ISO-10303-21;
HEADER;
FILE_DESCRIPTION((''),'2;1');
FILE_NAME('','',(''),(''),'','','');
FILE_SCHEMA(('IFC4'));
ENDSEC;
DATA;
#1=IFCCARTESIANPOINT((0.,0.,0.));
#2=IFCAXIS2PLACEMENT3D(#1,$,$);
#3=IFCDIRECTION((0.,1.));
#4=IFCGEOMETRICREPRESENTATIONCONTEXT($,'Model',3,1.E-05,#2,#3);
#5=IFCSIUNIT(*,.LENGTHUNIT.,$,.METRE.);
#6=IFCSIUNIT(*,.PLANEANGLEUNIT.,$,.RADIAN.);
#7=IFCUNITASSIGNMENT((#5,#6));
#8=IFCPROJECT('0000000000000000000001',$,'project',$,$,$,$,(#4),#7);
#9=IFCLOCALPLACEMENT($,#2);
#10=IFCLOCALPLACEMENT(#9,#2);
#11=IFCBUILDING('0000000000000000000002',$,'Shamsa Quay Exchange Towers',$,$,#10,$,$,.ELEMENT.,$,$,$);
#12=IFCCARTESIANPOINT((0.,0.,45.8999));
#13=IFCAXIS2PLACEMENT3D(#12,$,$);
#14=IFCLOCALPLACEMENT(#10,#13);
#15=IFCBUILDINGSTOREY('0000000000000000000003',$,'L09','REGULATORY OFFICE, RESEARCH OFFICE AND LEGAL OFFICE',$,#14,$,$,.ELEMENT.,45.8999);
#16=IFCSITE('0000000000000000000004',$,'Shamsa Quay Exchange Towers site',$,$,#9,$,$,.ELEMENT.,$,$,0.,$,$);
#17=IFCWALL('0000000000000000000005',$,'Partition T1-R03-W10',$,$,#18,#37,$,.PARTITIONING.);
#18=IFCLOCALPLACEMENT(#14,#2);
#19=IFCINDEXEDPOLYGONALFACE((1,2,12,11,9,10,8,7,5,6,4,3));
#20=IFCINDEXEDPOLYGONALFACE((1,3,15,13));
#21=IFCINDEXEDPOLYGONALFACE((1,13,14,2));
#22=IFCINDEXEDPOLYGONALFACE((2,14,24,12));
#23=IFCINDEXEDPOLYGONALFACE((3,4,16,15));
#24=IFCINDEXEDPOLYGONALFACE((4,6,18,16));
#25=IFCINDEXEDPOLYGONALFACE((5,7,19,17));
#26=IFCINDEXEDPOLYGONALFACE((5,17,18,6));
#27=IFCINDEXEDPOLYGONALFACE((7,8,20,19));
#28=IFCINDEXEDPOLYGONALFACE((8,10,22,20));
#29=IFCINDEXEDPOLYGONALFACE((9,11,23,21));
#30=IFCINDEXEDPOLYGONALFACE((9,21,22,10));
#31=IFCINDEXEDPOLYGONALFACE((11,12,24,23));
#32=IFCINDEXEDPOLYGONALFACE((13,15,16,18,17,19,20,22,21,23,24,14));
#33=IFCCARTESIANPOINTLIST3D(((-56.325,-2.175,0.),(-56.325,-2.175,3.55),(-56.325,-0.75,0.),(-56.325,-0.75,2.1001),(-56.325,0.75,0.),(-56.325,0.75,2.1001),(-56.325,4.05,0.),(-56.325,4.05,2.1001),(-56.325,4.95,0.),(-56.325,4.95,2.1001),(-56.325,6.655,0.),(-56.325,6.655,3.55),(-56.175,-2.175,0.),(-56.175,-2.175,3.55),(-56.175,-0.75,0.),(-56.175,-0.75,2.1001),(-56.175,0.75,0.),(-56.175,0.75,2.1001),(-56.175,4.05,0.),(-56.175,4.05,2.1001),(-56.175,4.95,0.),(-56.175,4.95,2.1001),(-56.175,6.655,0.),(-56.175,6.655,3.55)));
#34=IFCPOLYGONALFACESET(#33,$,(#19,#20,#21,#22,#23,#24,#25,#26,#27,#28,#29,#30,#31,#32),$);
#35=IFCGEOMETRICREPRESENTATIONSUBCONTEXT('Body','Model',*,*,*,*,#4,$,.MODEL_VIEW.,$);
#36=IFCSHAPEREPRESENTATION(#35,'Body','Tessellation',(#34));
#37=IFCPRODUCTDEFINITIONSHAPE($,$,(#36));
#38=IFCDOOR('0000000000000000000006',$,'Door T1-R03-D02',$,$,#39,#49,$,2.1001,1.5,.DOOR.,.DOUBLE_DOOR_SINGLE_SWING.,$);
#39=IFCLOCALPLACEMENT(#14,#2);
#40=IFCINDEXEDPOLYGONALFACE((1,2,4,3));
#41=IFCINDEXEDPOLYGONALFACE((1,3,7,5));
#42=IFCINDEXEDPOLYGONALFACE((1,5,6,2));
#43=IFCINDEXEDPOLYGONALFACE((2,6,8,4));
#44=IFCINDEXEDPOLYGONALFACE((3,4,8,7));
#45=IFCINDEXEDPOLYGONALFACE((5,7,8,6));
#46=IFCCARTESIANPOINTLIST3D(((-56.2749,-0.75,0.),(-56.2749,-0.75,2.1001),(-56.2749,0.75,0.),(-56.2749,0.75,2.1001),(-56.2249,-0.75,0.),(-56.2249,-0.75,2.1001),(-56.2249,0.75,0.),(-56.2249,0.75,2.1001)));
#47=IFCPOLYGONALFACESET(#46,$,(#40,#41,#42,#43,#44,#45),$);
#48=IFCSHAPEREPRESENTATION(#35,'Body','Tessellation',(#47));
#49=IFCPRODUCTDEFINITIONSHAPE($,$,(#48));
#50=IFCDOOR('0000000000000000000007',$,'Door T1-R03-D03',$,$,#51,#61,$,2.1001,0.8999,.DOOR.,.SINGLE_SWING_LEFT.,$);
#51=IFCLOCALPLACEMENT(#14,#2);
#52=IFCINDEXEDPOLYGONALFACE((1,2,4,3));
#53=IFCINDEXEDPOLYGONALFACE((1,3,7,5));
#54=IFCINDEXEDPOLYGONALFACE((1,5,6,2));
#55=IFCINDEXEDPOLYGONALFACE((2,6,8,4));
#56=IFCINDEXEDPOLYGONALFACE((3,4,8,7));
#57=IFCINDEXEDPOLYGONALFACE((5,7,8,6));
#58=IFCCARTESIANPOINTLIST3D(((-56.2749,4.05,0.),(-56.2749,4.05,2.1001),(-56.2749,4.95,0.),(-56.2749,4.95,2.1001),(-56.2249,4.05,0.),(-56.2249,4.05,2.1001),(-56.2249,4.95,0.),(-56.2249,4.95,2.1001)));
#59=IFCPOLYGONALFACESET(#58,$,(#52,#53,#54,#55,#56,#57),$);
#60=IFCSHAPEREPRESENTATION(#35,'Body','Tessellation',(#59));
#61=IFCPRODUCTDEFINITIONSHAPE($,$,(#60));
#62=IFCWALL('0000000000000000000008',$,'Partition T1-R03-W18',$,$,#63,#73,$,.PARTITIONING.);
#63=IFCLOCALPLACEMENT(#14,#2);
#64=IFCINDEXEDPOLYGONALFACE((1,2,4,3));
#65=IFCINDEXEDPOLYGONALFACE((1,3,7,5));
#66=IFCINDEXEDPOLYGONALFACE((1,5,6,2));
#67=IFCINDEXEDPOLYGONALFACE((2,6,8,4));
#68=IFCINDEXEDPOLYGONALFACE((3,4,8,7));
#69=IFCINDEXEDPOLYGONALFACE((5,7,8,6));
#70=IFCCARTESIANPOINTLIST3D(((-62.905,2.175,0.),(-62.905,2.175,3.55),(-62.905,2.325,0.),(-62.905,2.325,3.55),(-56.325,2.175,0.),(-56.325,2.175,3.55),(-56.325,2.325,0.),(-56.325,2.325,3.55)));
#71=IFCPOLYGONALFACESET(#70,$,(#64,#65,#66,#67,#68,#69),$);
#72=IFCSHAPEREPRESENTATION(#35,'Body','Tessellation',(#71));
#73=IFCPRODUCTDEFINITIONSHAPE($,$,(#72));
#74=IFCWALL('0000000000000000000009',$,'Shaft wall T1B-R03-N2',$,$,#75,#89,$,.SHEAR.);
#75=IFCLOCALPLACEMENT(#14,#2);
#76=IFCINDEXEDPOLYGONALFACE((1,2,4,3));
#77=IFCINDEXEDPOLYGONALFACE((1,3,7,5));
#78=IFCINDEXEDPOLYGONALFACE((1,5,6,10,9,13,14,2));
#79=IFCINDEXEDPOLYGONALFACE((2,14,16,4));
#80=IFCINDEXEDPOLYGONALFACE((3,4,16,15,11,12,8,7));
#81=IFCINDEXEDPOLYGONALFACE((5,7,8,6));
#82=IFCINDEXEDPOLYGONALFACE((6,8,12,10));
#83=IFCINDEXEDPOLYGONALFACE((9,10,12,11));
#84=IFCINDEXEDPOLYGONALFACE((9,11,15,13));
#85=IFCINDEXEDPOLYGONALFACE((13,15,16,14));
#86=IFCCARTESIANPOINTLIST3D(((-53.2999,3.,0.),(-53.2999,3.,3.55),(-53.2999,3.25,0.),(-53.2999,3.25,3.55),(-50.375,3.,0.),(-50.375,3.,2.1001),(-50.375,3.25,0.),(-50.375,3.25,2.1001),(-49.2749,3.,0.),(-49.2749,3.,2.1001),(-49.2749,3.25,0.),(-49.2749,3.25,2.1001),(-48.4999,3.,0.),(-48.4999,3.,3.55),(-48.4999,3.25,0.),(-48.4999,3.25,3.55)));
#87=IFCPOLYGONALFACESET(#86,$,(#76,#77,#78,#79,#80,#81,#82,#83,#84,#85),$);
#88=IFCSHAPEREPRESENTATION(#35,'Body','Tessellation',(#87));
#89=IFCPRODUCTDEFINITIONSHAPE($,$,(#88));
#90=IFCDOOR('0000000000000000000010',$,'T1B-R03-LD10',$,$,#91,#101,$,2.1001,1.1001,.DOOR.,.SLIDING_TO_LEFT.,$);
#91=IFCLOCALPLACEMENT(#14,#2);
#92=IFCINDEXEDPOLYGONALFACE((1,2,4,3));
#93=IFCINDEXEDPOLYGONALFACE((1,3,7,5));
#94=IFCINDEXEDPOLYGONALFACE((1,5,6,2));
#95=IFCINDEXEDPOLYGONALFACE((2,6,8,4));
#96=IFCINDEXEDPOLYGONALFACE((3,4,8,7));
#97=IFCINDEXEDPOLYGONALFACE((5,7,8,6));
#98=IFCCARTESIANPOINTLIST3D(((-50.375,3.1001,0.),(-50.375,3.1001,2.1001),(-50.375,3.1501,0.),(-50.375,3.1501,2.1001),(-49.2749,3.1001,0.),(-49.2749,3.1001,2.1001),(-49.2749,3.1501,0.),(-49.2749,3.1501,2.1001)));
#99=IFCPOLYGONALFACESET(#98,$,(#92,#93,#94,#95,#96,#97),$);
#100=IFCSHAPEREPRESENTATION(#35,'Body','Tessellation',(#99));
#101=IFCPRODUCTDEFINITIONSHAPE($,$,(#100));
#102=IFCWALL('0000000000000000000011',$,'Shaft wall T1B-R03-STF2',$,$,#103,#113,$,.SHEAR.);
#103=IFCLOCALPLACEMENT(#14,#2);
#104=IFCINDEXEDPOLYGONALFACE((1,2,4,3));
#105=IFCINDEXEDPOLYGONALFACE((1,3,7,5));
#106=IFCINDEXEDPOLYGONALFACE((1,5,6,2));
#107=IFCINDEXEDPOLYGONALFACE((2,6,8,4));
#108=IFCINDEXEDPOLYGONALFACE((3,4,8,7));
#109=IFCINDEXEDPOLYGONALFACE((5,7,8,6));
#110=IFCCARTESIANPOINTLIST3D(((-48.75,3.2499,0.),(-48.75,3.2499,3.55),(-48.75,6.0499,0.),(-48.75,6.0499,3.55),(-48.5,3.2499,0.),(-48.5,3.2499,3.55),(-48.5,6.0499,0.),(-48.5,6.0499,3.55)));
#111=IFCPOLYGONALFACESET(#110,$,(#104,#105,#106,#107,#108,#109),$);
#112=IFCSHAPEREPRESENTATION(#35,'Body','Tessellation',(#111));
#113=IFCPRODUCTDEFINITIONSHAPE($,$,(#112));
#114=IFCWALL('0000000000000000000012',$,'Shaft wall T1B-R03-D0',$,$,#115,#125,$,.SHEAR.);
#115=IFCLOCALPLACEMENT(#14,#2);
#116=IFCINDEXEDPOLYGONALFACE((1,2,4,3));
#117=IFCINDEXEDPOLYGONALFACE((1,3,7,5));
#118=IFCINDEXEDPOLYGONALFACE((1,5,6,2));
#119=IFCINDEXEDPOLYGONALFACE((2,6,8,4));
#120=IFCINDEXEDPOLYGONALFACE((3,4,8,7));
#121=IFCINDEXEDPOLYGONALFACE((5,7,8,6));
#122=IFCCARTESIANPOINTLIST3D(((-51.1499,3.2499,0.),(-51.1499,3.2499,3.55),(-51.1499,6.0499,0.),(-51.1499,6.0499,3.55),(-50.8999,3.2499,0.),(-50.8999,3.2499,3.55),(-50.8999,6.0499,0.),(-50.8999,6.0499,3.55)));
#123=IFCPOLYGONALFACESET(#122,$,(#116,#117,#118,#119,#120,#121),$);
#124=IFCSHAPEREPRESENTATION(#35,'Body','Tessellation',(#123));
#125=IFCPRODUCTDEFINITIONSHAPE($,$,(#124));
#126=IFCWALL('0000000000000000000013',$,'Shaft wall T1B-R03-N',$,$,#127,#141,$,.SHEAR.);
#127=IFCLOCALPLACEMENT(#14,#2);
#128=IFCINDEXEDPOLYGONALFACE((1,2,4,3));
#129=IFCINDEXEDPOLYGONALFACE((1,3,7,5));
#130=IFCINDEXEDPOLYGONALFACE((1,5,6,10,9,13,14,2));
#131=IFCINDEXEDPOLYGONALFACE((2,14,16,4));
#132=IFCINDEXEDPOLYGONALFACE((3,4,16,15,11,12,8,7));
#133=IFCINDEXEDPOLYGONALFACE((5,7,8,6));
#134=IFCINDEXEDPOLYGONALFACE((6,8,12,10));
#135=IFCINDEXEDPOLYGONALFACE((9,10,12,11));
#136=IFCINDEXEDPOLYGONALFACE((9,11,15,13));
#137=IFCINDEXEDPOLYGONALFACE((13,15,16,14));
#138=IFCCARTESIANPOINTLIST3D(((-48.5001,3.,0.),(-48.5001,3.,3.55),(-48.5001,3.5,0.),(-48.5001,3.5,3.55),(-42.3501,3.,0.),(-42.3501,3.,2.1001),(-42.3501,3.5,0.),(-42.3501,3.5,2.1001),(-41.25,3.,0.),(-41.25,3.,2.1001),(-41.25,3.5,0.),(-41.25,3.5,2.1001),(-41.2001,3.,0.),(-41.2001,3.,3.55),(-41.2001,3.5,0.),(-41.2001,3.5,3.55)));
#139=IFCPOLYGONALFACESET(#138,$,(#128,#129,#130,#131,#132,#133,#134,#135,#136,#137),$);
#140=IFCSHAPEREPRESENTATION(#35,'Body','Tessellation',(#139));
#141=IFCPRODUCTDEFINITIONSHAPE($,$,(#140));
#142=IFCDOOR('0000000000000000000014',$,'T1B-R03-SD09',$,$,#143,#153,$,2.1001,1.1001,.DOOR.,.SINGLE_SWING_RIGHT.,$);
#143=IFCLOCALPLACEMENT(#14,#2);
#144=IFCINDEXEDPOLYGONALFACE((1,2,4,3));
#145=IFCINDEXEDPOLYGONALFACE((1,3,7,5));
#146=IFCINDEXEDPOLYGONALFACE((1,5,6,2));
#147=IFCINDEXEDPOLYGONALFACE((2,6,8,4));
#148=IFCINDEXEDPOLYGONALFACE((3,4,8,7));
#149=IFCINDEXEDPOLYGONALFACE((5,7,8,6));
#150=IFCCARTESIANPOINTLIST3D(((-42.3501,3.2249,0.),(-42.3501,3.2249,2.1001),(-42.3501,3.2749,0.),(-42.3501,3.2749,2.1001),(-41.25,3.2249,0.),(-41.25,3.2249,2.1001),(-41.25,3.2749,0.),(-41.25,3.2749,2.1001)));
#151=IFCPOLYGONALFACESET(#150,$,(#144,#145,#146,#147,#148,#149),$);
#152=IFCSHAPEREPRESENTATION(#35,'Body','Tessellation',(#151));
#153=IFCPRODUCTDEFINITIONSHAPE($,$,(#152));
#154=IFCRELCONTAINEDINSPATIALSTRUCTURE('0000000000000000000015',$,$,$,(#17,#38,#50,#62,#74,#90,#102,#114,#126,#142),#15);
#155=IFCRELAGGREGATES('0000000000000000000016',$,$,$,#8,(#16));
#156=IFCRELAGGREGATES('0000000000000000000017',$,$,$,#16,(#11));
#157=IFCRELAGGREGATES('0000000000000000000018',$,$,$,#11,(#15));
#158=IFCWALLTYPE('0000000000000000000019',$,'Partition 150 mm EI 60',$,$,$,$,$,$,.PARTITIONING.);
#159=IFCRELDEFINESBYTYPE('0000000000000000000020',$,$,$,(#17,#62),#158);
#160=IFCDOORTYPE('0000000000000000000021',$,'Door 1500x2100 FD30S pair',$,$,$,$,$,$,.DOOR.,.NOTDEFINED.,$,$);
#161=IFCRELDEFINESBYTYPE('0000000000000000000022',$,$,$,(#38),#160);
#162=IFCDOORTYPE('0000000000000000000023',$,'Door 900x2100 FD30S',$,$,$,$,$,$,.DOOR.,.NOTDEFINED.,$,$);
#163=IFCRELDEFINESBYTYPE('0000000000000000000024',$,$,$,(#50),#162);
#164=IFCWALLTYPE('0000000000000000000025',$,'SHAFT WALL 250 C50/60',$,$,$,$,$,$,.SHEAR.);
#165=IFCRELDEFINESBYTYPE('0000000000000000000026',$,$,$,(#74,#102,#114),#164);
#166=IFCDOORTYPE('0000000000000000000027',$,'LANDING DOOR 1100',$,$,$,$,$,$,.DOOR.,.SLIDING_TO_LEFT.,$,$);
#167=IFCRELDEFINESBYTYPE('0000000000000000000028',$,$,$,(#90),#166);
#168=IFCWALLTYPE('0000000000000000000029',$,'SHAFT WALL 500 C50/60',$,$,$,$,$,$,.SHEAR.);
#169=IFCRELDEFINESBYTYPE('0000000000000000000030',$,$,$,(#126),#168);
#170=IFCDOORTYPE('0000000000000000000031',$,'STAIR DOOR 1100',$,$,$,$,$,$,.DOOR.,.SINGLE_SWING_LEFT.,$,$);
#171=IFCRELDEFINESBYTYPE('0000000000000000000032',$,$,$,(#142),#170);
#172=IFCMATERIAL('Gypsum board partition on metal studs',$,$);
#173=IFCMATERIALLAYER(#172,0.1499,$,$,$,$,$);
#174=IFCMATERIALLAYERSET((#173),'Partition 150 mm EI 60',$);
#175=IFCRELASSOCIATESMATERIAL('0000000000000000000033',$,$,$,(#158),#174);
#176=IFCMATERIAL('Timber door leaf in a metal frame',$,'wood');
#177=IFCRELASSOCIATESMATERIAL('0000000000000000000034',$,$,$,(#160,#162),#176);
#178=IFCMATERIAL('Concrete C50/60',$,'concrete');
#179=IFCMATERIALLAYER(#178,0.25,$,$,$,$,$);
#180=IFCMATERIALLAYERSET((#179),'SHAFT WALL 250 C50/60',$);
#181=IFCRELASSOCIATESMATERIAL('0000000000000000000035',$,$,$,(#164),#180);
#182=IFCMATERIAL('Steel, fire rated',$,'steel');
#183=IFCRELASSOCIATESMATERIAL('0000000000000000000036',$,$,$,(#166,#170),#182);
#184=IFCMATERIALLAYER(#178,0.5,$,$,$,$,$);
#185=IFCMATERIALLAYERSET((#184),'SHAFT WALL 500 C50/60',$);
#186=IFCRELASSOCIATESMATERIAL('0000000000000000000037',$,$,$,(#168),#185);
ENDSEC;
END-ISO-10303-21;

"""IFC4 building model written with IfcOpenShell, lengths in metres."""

from ifc_helpers import new_model, si_unit, direction, frame, frame_2d, origin, place, context, subcontext, project, spatial, rectangle, extrude, material, layer, layer_set, type_object, element, fill, save


model = new_model("IFC4")

# Units and contexts
model_context = context("Model", 3, precision=1e-05, world=origin(), true_north=direction((0.0, 1.0)))
body_context = subcontext(model_context, "Body", "Model", "MODEL_VIEW")
ifc_project = project(units=[si_unit("LENGTHUNIT", "METRE"), si_unit("PLANEANGLEUNIT", "RADIAN")], contexts=[model_context])

# Site, building, storey
site_placement = place(None, origin())
site = spatial("IfcSite", under=ifc_project, at=site_placement, Name="Shamsa Quay Exchange Towers site", CompositionType="ELEMENT", RefElevation=0.0)
building_placement = place(site_placement, origin())
building = spatial("IfcBuilding", under=site, at=building_placement, Name="Shamsa Quay Exchange Towers", CompositionType="ELEMENT")
storey_placement = place(building_placement, frame((0.0, 0.0, 45.8999)))
storey = spatial("IfcBuildingStorey", under=building, at=storey_placement, Name="L09", Description="REGULATORY OFFICE, RESEARCH OFFICE AND LEGAL OFFICE", CompositionType="ELEMENT", Elevation=45.8999)

# Wall, openings, doors
ifc_material_1 = material(Name="Gypsum board partition on metal studs")
ifc_layer_1 = layer(ifc_material_1, 0.1499)
ifc_layer_set_1 = layer_set([ifc_layer_1], Name="Partition 150 mm EI 60")
wall_type_1 = type_object("IfcWallType", Name="Partition 150 mm EI 60", PredefinedType="PARTITIONING", material=ifc_layer_set_1)
wall_1_placement = place(storey_placement, frame((-56.25, -2.175, 0.0), z_axis=(0.0, 0.0, 1.0), x_axis=(0.0, 1.0, 0.0)))
wall_1 = element("IfcWall", 1, at=wall_1_placement, inside=storey, type_object=wall_type_1, Name="Partition T1-R03-W10", PredefinedType="PARTITIONING", context=body_context, shape_type="SweptSolid", body=[
    extrude(rectangle(XDim=8.8301, YDim=0.1499, at=frame_2d((4.415, 0.0))), origin(), (0.0, 0.0, 1.0), 3.55),
])
opening_1_placement = place(wall_1_placement, frame((1.425, 0.0, 0.0)))
opening_1 = element("IfcOpeningElement", 2, at=opening_1_placement, cuts=wall_1, PredefinedType="OPENING", context=body_context, shape_type="SweptSolid", body=[
    extrude(rectangle(XDim=1.5, YDim=2.1001, at=frame_2d((0.75, 1.05))), frame((0.0, 0.085, 0.0), z_axis=(0.0, -1.0, 0.0), x_axis=(1.0, 0.0, 0.0)), (0.0, 0.0, 1.0), 0.1699),
])
opening_2_placement = place(wall_1_placement, frame((6.2251, 0.0, 0.0)))
opening_2 = element("IfcOpeningElement", 3, at=opening_2_placement, cuts=wall_1, PredefinedType="OPENING", context=body_context, shape_type="SweptSolid", body=[
    extrude(rectangle(XDim=0.8999, YDim=2.1001, at=frame_2d((0.45, 1.05))), frame((0.0, 0.085, 0.0), z_axis=(0.0, -1.0, 0.0), x_axis=(1.0, 0.0, 0.0)), (0.0, 0.0, 1.0), 0.1699),
])
ifc_material_2 = material(Name="Timber door leaf in a metal frame", Category="wood")
door_type_1 = type_object("IfcDoorType", Name="Door 1500x2100 FD30S pair", OperationType="NOTDEFINED", PredefinedType="DOOR", material=ifc_material_2)
door_1_placement = place(opening_1_placement, origin())
door_1 = element("IfcDoor", 4, at=door_1_placement, inside=storey, type_object=door_type_1, Name="Door T1-R03-D02", OperationType="DOUBLE_DOOR_SINGLE_SWING", OverallHeight=2.1001, OverallWidth=1.5, PredefinedType="DOOR", context=body_context, shape_type="SweptSolid", body=[
    extrude(rectangle(XDim=1.5, YDim=2.1001, at=frame_2d((0.75, 1.05))), frame((0.0, 0.0249, 0.0), z_axis=(0.0, -1.0, 0.0), x_axis=(1.0, 0.0, 0.0)), (0.0, 0.0, 1.0), 0.05),
])
fill(opening_1, door_1)
door_type_2 = type_object("IfcDoorType", Name="Door 900x2100 FD30S", OperationType="NOTDEFINED", PredefinedType="DOOR", material=ifc_material_2)
door_2_placement = place(opening_2_placement, origin())
door_2 = element("IfcDoor", 5, at=door_2_placement, inside=storey, type_object=door_type_2, Name="Door T1-R03-D03", OperationType="SINGLE_SWING_LEFT", OverallHeight=2.1001, OverallWidth=0.8999, PredefinedType="DOOR", context=body_context, shape_type="SweptSolid", body=[
    extrude(rectangle(XDim=0.8999, YDim=2.1001, at=frame_2d((0.45, 1.05))), frame((0.0, 0.0249, 0.0), z_axis=(0.0, -1.0, 0.0), x_axis=(1.0, 0.0, 0.0)), (0.0, 0.0, 1.0), 0.05),
])
fill(opening_2, door_2)

# Wall
wall_2_placement = place(storey_placement, frame((-56.325, 2.25, 0.0), z_axis=(0.0, 0.0, 1.0), x_axis=(-1.0, 0.0, 0.0)))
element("IfcWall", 6, at=wall_2_placement, inside=storey, type_object=wall_type_1, Name="Partition T1-R03-W18", PredefinedType="PARTITIONING", context=body_context, shape_type="SweptSolid", body=[
    extrude(rectangle(XDim=6.5801, YDim=0.1499, at=frame_2d((3.29, 0.0))), origin(), (0.0, 0.0, 1.0), 3.55),
])

# Wall, opening, door
ifc_material_3 = material(Name="Concrete C50/60", Category="concrete")
ifc_layer_2 = layer(ifc_material_3, 0.25)
ifc_layer_set_2 = layer_set([ifc_layer_2], Name="SHAFT WALL 250 C50/60")
wall_type_2 = type_object("IfcWallType", Name="SHAFT WALL 250 C50/60", PredefinedType="SHEAR", material=ifc_layer_set_2)
wall_3_placement = place(storey_placement, frame((-48.5, 3.125, 0.0), z_axis=(0.0, 0.0, 1.0), x_axis=(-1.0, 0.0, 0.0)))
wall_3 = element("IfcWall", 7, at=wall_3_placement, inside=storey, type_object=wall_type_2, Name="Shaft wall T1B-R03-N2", PredefinedType="SHEAR", context=body_context, shape_type="SweptSolid", body=[
    extrude(rectangle(XDim=4.8, YDim=0.25, at=frame_2d((2.3999, 0.0))), origin(), (0.0, 0.0, 1.0), 3.55),
])
opening_3_placement = place(wall_3_placement, frame((0.7749, 0.0, 0.0)))
opening_3 = element("IfcOpeningElement", 8, at=opening_3_placement, cuts=wall_3, PredefinedType="OPENING", context=body_context, shape_type="SweptSolid", body=[
    extrude(rectangle(XDim=1.1001, YDim=2.1001, at=frame_2d((0.55, 1.05))), frame((0.0, 0.135, 0.0), z_axis=(0.0, -1.0, 0.0), x_axis=(1.0, 0.0, 0.0)), (0.0, 0.0, 1.0), 0.27),
])
ifc_material_4 = material(Name="Steel, fire rated", Category="steel")
door_type_3 = type_object("IfcDoorType", Name="LANDING DOOR 1100", OperationType="SLIDING_TO_LEFT", PredefinedType="DOOR", material=ifc_material_4)
door_3_placement = place(opening_3_placement, origin())
door_3 = element("IfcDoor", 9, at=door_3_placement, inside=storey, type_object=door_type_3, Name="T1B-R03-LD10", OperationType="SLIDING_TO_LEFT", OverallHeight=2.1001, OverallWidth=1.1001, PredefinedType="DOOR", context=body_context, shape_type="SweptSolid", body=[
    extrude(rectangle(XDim=1.1001, YDim=2.1001, at=frame_2d((0.55, 1.05))), frame((0.0, 0.0249, 0.0), z_axis=(0.0, -1.0, 0.0), x_axis=(1.0, 0.0, 0.0)), (0.0, 0.0, 1.0), 0.05),
])
fill(opening_3, door_3)

# Walls
for number, where, z_axis, x_axis, name in (
    (10, (-48.625, 3.25, 0.0), (0.0, 0.0, 1.0), (0.0, 1.0, 0.0), "Shaft wall T1B-R03-STF2"),
    (11, (-51.0249, 3.25, 0.0), (0.0, 0.0, 1.0), (0.0, 1.0, 0.0), "Shaft wall T1B-R03-D0"),
):
    element("IfcWall", number, at=place(storey_placement, frame(where, z_axis=z_axis, x_axis=x_axis)), inside=storey, type_object=wall_type_2, Name=name, PredefinedType="SHEAR", context=body_context, shape_type="SweptSolid", body=[
        extrude(rectangle(XDim=2.8, YDim=0.25, at=frame_2d((1.3999, 0.0))), origin(), (0.0, 0.0, 1.0), 3.55),
    ])

# Wall, opening, door
ifc_layer_3 = layer(ifc_material_3, 0.5)
ifc_layer_set_3 = layer_set([ifc_layer_3], Name="SHAFT WALL 500 C50/60")
wall_type_3 = type_object("IfcWallType", Name="SHAFT WALL 500 C50/60", PredefinedType="SHEAR", material=ifc_layer_set_3)
wall_4_placement = place(storey_placement, frame((-48.5, 3.25, 0.0)))
wall_4 = element("IfcWall", 12, at=wall_4_placement, inside=storey, type_object=wall_type_3, Name="Shaft wall T1B-R03-N", PredefinedType="SHEAR", context=body_context, shape_type="SweptSolid", body=[
    extrude(rectangle(XDim=7.3, YDim=0.5, at=frame_2d((3.6499, 0.0))), origin(), (0.0, 0.0, 1.0), 3.55),
])
opening_4_placement = place(wall_4_placement, frame((6.1499, 0.0, 0.0)))
opening_4 = element("IfcOpeningElement", 13, at=opening_4_placement, cuts=wall_4, PredefinedType="OPENING", context=body_context, shape_type="SweptSolid", body=[
    extrude(rectangle(XDim=1.1001, YDim=2.1001, at=frame_2d((0.55, 1.05))), frame((0.0, 0.26, 0.0), z_axis=(0.0, -1.0, 0.0), x_axis=(1.0, 0.0, 0.0)), (0.0, 0.0, 1.0), 0.52),
])
door_type_4 = type_object("IfcDoorType", Name="STAIR DOOR 1100", OperationType="SINGLE_SWING_LEFT", PredefinedType="DOOR", material=ifc_material_4)
door_4_placement = place(opening_4_placement, origin())
door_4 = element("IfcDoor", 14, at=door_4_placement, inside=storey, type_object=door_type_4, Name="T1B-R03-SD09", OperationType="SINGLE_SWING_RIGHT", OverallHeight=2.1001, OverallWidth=1.1001, PredefinedType="DOOR", context=body_context, shape_type="SweptSolid", body=[
    extrude(rectangle(XDim=1.1001, YDim=2.1001, at=frame_2d((0.55, 1.05))), frame((0.0, 0.0249, 0.0), z_axis=(0.0, -1.0, 0.0), x_axis=(1.0, 0.0, 0.0)), (0.0, 0.0, 1.0), 0.05),
])
fill(opening_4, door_4)

save(model, "model.ifc")
